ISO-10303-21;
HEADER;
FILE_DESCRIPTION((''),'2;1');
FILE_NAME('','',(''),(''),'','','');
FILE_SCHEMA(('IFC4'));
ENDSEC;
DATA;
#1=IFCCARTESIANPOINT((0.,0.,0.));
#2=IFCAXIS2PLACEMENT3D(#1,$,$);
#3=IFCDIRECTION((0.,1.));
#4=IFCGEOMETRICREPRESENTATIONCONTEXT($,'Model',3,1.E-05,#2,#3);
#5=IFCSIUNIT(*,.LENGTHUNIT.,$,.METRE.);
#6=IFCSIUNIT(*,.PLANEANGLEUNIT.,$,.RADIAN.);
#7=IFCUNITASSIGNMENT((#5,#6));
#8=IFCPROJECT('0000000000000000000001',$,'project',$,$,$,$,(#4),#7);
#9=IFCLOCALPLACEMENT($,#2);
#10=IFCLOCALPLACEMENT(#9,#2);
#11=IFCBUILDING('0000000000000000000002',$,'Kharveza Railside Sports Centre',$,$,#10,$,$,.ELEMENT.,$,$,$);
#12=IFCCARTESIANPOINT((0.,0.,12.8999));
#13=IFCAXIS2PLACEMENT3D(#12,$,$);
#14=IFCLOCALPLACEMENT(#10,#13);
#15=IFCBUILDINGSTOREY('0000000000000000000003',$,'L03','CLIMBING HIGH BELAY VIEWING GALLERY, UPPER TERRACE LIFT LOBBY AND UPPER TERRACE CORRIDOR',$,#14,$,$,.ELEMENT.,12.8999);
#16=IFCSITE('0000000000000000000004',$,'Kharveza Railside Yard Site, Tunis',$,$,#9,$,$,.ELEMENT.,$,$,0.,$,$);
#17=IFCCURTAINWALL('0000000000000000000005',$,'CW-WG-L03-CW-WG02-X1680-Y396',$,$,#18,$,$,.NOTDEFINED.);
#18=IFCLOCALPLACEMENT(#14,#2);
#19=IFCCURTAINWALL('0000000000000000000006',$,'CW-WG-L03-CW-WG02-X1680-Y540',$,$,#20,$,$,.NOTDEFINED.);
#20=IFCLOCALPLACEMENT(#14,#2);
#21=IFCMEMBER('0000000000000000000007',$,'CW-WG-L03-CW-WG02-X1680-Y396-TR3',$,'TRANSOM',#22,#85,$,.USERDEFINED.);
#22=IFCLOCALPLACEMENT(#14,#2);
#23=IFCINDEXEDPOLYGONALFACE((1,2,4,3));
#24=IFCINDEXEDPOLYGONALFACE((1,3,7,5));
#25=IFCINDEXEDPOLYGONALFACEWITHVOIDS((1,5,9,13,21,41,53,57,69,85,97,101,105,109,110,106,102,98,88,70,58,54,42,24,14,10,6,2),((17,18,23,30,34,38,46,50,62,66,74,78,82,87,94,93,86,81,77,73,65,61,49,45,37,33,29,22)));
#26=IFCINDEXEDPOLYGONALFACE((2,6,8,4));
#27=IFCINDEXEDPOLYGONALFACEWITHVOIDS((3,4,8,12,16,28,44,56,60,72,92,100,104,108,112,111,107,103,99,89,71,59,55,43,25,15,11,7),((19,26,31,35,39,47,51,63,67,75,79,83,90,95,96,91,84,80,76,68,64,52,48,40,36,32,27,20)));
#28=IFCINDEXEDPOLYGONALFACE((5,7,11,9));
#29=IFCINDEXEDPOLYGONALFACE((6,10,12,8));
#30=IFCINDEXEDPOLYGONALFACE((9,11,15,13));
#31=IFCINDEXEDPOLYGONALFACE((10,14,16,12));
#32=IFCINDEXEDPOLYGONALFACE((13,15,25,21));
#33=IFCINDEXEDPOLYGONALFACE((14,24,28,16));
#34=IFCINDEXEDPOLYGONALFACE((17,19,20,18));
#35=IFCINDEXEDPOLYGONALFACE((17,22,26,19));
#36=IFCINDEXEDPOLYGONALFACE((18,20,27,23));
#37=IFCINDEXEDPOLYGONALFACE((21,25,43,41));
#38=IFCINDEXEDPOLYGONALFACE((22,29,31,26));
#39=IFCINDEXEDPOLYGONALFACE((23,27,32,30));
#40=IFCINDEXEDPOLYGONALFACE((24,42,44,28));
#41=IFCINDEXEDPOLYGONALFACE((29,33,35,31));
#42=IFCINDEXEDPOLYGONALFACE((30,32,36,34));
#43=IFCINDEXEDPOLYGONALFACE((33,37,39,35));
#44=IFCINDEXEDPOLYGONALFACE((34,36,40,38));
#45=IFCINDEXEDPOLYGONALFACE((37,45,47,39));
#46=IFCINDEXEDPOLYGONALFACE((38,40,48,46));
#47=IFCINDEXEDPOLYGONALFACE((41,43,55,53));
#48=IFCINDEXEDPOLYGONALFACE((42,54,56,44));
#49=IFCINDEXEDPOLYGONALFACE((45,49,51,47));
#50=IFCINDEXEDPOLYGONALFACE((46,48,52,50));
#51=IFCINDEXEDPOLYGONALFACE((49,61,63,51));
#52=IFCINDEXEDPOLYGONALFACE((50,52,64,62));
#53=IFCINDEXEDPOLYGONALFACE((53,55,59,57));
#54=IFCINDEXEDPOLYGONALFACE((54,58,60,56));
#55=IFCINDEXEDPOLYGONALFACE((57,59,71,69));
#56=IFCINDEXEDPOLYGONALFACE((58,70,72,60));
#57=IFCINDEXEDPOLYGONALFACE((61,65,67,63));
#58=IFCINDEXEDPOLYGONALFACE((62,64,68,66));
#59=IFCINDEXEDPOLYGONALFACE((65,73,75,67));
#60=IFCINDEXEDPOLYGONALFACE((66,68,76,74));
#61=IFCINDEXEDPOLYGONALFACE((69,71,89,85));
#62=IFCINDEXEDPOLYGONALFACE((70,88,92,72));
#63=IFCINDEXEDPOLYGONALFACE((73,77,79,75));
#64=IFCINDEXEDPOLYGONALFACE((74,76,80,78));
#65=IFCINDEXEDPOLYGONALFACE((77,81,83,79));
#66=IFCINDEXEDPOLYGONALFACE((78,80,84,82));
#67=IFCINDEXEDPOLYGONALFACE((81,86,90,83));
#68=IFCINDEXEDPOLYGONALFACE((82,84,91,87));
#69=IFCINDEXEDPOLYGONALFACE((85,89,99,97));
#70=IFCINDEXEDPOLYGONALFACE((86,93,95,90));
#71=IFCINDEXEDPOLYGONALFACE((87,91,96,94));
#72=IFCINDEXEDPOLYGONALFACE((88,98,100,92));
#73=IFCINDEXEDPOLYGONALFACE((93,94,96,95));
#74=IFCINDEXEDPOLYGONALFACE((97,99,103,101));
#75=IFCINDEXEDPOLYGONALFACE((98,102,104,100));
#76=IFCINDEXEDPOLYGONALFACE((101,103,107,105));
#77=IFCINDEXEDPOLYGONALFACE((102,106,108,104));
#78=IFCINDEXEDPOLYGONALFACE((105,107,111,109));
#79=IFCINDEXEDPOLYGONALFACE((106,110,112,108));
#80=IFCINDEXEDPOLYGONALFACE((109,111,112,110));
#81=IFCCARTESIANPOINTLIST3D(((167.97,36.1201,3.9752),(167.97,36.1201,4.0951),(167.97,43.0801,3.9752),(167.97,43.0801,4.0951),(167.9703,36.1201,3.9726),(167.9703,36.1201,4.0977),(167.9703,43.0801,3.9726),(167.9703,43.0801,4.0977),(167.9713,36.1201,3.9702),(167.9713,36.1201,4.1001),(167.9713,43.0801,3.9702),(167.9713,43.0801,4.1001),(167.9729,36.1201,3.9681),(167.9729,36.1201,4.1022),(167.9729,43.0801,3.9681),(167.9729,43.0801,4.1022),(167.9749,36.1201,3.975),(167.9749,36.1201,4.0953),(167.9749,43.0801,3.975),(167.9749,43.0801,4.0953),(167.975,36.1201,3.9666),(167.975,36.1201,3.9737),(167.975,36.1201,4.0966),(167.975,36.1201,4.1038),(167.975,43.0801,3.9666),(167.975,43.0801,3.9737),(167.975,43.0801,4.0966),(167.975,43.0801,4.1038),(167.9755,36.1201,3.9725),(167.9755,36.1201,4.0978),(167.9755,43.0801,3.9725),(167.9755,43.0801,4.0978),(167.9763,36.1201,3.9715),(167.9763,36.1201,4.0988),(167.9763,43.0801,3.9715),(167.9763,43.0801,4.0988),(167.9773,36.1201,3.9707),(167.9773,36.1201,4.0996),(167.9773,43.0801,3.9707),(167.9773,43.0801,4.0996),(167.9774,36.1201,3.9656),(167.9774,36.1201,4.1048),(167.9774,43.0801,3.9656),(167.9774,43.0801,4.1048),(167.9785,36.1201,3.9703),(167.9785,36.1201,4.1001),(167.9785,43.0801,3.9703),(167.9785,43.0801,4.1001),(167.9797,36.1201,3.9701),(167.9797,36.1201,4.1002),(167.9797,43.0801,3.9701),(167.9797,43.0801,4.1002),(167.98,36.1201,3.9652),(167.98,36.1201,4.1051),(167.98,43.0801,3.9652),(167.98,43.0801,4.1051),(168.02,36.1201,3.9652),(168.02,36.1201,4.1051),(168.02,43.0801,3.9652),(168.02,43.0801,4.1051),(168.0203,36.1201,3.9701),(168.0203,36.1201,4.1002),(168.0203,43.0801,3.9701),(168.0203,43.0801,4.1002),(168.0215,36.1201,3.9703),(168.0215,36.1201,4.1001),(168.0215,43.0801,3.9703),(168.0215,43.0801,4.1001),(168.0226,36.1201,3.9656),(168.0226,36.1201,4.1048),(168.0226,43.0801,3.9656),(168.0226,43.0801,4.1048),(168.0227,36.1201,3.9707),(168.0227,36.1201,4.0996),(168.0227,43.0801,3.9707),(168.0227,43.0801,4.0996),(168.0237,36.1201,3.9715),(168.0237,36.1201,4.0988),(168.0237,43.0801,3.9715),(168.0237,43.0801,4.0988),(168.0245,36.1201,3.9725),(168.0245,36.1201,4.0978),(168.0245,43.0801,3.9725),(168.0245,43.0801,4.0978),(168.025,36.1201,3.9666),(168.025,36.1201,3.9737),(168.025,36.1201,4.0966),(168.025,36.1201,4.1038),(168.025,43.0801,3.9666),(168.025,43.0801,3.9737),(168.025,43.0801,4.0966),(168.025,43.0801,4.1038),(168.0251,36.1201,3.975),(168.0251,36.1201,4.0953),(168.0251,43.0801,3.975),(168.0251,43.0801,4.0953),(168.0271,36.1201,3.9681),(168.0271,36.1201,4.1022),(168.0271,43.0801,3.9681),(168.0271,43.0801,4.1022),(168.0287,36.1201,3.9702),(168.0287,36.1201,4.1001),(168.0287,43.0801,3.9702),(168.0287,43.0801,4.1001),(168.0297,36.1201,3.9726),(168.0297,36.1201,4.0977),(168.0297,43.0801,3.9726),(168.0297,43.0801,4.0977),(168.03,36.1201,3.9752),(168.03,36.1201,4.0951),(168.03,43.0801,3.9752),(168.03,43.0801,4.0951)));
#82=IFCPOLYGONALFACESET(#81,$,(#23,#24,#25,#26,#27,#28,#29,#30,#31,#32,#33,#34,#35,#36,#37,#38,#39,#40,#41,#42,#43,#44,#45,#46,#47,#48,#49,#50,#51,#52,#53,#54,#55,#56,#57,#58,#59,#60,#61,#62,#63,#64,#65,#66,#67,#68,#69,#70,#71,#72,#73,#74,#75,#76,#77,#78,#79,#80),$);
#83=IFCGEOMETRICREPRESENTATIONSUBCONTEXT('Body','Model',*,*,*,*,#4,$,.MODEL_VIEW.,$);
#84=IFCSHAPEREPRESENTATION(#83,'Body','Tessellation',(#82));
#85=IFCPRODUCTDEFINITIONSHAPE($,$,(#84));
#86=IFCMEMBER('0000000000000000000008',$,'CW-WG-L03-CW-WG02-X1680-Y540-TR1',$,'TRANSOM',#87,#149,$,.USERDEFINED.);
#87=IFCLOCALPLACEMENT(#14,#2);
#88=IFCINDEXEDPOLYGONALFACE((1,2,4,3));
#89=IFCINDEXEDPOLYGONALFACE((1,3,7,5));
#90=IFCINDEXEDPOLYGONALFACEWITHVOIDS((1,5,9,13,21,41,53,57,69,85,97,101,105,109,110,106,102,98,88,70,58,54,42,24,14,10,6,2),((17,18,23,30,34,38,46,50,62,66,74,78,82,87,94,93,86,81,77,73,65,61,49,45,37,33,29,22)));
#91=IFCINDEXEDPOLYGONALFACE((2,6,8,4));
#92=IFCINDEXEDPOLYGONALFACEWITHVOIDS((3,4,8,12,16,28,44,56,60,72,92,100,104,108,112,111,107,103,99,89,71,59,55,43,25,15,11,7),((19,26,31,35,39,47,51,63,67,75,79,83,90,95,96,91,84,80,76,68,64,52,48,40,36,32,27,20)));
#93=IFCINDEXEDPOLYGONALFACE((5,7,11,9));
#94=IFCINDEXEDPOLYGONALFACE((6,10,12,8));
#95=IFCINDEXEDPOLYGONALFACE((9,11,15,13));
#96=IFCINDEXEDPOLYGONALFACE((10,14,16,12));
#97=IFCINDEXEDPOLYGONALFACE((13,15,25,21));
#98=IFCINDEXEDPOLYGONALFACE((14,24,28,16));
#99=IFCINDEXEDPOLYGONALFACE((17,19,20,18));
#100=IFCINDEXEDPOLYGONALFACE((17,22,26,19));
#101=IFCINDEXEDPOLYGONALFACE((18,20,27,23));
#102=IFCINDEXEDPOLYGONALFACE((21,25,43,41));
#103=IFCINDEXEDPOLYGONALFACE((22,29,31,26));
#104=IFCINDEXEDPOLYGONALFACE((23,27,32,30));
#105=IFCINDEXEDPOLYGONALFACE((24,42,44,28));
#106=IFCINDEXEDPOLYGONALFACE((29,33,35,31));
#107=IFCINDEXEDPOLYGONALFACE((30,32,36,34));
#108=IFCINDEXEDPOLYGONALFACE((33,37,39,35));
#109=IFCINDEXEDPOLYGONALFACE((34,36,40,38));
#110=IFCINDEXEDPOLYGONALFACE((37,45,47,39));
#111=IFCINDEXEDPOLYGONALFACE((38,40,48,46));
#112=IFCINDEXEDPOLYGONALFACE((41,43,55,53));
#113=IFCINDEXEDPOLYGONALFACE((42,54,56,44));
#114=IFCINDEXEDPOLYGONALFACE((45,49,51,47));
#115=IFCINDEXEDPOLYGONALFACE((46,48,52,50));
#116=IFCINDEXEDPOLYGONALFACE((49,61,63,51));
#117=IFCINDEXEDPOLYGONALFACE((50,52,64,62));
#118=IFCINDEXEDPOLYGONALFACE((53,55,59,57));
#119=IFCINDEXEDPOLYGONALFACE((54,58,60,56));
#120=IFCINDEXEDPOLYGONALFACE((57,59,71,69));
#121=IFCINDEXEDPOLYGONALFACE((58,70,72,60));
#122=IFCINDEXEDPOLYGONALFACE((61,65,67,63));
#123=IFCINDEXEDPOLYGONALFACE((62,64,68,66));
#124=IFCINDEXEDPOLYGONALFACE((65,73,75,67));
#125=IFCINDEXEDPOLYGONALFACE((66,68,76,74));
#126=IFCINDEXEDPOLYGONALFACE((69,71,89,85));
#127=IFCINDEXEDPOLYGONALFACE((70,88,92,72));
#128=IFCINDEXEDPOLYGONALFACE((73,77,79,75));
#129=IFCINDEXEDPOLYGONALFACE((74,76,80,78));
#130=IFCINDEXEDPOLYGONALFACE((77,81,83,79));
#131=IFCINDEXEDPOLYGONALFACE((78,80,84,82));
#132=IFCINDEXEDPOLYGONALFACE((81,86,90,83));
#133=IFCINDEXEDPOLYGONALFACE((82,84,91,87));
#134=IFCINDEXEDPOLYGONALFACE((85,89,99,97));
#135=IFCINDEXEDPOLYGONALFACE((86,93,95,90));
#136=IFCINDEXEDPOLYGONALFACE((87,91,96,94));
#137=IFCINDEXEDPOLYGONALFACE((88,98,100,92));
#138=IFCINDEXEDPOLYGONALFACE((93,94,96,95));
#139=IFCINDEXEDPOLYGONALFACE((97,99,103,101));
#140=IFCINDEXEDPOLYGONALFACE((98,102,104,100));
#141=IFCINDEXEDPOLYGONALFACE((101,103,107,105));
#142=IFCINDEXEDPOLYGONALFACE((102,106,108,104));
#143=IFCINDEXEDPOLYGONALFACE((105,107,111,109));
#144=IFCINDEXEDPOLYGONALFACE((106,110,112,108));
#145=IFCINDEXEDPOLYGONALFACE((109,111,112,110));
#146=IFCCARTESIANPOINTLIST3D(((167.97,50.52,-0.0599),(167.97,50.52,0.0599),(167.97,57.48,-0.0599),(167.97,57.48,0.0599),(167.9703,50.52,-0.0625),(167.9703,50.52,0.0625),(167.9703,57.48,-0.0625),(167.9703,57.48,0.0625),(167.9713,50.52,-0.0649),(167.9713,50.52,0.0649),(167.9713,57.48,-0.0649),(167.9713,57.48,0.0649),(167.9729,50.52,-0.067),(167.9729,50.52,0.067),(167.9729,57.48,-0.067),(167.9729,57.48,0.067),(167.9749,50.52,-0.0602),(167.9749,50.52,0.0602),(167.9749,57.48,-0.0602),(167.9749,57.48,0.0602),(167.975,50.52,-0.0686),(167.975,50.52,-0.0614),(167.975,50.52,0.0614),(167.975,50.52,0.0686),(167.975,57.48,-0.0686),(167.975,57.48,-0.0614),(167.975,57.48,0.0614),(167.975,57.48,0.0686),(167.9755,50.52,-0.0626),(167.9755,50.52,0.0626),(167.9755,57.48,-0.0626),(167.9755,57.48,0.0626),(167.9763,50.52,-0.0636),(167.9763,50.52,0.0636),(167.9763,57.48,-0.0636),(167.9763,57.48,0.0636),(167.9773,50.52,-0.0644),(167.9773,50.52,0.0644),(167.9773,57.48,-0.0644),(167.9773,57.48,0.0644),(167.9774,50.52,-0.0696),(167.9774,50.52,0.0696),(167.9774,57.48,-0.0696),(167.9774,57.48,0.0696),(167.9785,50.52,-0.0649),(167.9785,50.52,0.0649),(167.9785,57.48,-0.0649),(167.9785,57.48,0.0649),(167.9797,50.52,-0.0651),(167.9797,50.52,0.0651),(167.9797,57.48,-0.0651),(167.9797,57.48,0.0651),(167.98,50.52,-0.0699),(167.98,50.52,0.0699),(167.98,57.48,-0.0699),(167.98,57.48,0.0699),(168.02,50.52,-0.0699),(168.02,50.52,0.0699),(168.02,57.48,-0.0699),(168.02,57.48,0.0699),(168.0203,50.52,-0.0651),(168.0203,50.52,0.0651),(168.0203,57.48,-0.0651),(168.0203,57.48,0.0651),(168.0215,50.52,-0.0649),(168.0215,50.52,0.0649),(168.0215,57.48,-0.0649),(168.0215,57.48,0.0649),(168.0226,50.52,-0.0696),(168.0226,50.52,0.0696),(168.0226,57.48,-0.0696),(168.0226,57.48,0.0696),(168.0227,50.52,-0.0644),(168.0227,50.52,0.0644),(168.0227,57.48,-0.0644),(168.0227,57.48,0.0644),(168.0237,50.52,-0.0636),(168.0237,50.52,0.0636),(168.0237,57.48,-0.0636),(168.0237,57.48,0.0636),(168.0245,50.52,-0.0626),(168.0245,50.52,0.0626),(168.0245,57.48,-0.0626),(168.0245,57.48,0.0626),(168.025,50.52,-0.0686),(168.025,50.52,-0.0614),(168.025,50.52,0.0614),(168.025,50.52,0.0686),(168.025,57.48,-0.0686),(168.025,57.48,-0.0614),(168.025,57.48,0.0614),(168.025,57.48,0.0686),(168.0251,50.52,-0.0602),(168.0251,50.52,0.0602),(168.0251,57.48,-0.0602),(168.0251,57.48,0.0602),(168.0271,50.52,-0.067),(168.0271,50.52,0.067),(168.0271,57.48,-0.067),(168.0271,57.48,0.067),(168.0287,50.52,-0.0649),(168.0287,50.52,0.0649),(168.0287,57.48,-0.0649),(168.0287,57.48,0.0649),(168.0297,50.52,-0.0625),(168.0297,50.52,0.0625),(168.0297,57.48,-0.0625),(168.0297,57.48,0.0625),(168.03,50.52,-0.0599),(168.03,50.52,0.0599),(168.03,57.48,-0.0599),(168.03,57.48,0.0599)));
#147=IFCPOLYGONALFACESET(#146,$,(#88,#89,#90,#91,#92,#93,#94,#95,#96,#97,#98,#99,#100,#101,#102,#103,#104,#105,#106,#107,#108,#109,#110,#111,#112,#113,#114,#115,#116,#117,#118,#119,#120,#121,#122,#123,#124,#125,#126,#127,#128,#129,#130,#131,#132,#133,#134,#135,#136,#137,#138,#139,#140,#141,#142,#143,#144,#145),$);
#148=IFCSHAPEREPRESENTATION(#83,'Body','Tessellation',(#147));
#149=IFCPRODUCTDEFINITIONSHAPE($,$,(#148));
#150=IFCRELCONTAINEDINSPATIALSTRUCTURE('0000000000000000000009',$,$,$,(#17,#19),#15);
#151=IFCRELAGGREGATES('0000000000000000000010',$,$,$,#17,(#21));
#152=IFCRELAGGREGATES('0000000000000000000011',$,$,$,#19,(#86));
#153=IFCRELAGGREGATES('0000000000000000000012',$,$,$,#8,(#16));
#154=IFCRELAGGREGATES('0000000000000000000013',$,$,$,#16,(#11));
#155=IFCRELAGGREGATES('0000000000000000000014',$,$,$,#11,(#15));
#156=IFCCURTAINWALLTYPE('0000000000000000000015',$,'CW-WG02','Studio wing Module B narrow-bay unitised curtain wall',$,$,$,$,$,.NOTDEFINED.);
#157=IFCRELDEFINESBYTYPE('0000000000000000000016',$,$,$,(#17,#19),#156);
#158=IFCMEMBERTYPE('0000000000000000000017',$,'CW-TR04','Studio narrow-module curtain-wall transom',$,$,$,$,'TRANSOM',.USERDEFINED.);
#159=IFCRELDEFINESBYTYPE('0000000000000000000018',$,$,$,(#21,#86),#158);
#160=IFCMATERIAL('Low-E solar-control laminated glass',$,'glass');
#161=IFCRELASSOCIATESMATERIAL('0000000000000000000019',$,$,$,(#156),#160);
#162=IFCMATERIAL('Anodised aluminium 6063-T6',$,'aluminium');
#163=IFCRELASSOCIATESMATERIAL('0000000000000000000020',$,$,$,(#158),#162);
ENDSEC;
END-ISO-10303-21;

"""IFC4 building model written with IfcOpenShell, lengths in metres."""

from ifc_helpers import new_model, si_unit, direction, frame, origin, origin_2d, place, context, subcontext, project, spatial, hollow_rectangle, extrude, material, material_profile, profile_set, type_object, element, aggregate, save


model = new_model("IFC4")

# Units and contexts
model_context = context("Model", 3, precision=1e-05, world=origin(), true_north=direction((0.0, 1.0)))
body_context = subcontext(model_context, "Body", "Model", "MODEL_VIEW")
ifc_project = project(units=[si_unit("LENGTHUNIT", "METRE"), si_unit("PLANEANGLEUNIT", "RADIAN")], contexts=[model_context])

# Site, building, storey
site_placement = place(None, origin())
site = spatial("IfcSite", under=ifc_project, at=site_placement, Name="Kharveza Railside Yard Site, Tunis", CompositionType="ELEMENT", RefElevation=0.0)
building_placement = place(site_placement, origin())
building = spatial("IfcBuilding", under=site, at=building_placement, Name="Kharveza Railside Sports Centre", CompositionType="ELEMENT")
storey_placement = place(building_placement, frame((0.0, 0.0, 12.8999)))
storey = spatial("IfcBuildingStorey", under=building, at=storey_placement, Name="L03", Description="CLIMBING HIGH BELAY VIEWING GALLERY, UPPER TERRACE LIFT LOBBY AND UPPER TERRACE CORRIDOR", CompositionType="ELEMENT", Elevation=12.8999)

# Curtain wall
ifc_material_1 = material(Name="Low-E solar-control laminated glass", Category="glass")
curtain_wall_type = type_object("IfcCurtainWallType", Name="CW-WG02", Description="Studio wing Module B narrow-bay unitised curtain wall", PredefinedType="NOTDEFINED", material=ifc_material_1)
ifc_material_2 = material(Name="Anodised aluminium 6063-T6", Category="aluminium")
curtain_wall_1_placement = place(storey_placement, origin())
curtain_wall_1 = element("IfcCurtainWall", 1, at=curtain_wall_1_placement, inside=storey, type_object=curtain_wall_type, Name="CW-WG-L03-CW-WG02-X1680-Y396", PredefinedType="NOTDEFINED")

# Curtain wall
curtain_wall_2_placement = place(storey_placement, origin())
curtain_wall_2 = element("IfcCurtainWall", 2, at=curtain_wall_2_placement, inside=storey, type_object=curtain_wall_type, Name="CW-WG-L03-CW-WG02-X1680-Y540", PredefinedType="NOTDEFINED")

# Members
ifc_material_profile_1 = material_profile(ifc_material_2, hollow_rectangle(XDim=0.0601, YDim=0.1399, WallThickness=0.0049, InnerFilletRadius=0.0049, OuterFilletRadius=0.01, at=origin_2d()), Name="RHS 60x140x5.0")
ifc_profile_set_1 = profile_set([ifc_material_profile_1], Name="Anodised aluminium 6063-T6")
member_type_1 = type_object("IfcMemberType", Name="CW-TR04", Description="Studio narrow-module curtain-wall transom", ElementType="TRANSOM", PredefinedType="USERDEFINED", material=ifc_profile_set_1)
member_1_placement = place(storey_placement, frame((168.0, 36.1201, 4.0352), z_axis=(0.0, 1.0, 0.0), x_axis=(-1.0, 0.0, 0.0)))
member_1 = element("IfcMember", 3, at=member_1_placement, type_object=member_type_1, Name="CW-WG-L03-CW-WG02-X1680-Y396-TR3", ObjectType="TRANSOM", PredefinedType="USERDEFINED", context=body_context, shape_type="SweptSolid", body=[
    extrude(hollow_rectangle(XDim=0.0601, YDim=0.1399, WallThickness=0.0049, InnerFilletRadius=0.0049, OuterFilletRadius=0.01, at=origin_2d()), origin(), (0.0, 0.0, 1.0), 6.96),
])
member_2_placement = place(storey_placement, frame((168.0, 50.52, 0.0), z_axis=(0.0, 1.0, 0.0), x_axis=(-1.0, 0.0, 0.0)))
member_2 = element("IfcMember", 4, at=member_2_placement, type_object=member_type_1, Name="CW-WG-L03-CW-WG02-X1680-Y540-TR1", ObjectType="TRANSOM", PredefinedType="USERDEFINED", context=body_context, shape_type="SweptSolid", body=[
    extrude(hollow_rectangle(XDim=0.0601, YDim=0.1399, WallThickness=0.0049, InnerFilletRadius=0.0049, OuterFilletRadius=0.01, at=origin_2d()), origin(), (0.0, 0.0, 1.0), 6.96),
])

aggregate(curtain_wall_1, [member_1])
aggregate(curtain_wall_2, [member_2])

save(model, "model.ifc")
